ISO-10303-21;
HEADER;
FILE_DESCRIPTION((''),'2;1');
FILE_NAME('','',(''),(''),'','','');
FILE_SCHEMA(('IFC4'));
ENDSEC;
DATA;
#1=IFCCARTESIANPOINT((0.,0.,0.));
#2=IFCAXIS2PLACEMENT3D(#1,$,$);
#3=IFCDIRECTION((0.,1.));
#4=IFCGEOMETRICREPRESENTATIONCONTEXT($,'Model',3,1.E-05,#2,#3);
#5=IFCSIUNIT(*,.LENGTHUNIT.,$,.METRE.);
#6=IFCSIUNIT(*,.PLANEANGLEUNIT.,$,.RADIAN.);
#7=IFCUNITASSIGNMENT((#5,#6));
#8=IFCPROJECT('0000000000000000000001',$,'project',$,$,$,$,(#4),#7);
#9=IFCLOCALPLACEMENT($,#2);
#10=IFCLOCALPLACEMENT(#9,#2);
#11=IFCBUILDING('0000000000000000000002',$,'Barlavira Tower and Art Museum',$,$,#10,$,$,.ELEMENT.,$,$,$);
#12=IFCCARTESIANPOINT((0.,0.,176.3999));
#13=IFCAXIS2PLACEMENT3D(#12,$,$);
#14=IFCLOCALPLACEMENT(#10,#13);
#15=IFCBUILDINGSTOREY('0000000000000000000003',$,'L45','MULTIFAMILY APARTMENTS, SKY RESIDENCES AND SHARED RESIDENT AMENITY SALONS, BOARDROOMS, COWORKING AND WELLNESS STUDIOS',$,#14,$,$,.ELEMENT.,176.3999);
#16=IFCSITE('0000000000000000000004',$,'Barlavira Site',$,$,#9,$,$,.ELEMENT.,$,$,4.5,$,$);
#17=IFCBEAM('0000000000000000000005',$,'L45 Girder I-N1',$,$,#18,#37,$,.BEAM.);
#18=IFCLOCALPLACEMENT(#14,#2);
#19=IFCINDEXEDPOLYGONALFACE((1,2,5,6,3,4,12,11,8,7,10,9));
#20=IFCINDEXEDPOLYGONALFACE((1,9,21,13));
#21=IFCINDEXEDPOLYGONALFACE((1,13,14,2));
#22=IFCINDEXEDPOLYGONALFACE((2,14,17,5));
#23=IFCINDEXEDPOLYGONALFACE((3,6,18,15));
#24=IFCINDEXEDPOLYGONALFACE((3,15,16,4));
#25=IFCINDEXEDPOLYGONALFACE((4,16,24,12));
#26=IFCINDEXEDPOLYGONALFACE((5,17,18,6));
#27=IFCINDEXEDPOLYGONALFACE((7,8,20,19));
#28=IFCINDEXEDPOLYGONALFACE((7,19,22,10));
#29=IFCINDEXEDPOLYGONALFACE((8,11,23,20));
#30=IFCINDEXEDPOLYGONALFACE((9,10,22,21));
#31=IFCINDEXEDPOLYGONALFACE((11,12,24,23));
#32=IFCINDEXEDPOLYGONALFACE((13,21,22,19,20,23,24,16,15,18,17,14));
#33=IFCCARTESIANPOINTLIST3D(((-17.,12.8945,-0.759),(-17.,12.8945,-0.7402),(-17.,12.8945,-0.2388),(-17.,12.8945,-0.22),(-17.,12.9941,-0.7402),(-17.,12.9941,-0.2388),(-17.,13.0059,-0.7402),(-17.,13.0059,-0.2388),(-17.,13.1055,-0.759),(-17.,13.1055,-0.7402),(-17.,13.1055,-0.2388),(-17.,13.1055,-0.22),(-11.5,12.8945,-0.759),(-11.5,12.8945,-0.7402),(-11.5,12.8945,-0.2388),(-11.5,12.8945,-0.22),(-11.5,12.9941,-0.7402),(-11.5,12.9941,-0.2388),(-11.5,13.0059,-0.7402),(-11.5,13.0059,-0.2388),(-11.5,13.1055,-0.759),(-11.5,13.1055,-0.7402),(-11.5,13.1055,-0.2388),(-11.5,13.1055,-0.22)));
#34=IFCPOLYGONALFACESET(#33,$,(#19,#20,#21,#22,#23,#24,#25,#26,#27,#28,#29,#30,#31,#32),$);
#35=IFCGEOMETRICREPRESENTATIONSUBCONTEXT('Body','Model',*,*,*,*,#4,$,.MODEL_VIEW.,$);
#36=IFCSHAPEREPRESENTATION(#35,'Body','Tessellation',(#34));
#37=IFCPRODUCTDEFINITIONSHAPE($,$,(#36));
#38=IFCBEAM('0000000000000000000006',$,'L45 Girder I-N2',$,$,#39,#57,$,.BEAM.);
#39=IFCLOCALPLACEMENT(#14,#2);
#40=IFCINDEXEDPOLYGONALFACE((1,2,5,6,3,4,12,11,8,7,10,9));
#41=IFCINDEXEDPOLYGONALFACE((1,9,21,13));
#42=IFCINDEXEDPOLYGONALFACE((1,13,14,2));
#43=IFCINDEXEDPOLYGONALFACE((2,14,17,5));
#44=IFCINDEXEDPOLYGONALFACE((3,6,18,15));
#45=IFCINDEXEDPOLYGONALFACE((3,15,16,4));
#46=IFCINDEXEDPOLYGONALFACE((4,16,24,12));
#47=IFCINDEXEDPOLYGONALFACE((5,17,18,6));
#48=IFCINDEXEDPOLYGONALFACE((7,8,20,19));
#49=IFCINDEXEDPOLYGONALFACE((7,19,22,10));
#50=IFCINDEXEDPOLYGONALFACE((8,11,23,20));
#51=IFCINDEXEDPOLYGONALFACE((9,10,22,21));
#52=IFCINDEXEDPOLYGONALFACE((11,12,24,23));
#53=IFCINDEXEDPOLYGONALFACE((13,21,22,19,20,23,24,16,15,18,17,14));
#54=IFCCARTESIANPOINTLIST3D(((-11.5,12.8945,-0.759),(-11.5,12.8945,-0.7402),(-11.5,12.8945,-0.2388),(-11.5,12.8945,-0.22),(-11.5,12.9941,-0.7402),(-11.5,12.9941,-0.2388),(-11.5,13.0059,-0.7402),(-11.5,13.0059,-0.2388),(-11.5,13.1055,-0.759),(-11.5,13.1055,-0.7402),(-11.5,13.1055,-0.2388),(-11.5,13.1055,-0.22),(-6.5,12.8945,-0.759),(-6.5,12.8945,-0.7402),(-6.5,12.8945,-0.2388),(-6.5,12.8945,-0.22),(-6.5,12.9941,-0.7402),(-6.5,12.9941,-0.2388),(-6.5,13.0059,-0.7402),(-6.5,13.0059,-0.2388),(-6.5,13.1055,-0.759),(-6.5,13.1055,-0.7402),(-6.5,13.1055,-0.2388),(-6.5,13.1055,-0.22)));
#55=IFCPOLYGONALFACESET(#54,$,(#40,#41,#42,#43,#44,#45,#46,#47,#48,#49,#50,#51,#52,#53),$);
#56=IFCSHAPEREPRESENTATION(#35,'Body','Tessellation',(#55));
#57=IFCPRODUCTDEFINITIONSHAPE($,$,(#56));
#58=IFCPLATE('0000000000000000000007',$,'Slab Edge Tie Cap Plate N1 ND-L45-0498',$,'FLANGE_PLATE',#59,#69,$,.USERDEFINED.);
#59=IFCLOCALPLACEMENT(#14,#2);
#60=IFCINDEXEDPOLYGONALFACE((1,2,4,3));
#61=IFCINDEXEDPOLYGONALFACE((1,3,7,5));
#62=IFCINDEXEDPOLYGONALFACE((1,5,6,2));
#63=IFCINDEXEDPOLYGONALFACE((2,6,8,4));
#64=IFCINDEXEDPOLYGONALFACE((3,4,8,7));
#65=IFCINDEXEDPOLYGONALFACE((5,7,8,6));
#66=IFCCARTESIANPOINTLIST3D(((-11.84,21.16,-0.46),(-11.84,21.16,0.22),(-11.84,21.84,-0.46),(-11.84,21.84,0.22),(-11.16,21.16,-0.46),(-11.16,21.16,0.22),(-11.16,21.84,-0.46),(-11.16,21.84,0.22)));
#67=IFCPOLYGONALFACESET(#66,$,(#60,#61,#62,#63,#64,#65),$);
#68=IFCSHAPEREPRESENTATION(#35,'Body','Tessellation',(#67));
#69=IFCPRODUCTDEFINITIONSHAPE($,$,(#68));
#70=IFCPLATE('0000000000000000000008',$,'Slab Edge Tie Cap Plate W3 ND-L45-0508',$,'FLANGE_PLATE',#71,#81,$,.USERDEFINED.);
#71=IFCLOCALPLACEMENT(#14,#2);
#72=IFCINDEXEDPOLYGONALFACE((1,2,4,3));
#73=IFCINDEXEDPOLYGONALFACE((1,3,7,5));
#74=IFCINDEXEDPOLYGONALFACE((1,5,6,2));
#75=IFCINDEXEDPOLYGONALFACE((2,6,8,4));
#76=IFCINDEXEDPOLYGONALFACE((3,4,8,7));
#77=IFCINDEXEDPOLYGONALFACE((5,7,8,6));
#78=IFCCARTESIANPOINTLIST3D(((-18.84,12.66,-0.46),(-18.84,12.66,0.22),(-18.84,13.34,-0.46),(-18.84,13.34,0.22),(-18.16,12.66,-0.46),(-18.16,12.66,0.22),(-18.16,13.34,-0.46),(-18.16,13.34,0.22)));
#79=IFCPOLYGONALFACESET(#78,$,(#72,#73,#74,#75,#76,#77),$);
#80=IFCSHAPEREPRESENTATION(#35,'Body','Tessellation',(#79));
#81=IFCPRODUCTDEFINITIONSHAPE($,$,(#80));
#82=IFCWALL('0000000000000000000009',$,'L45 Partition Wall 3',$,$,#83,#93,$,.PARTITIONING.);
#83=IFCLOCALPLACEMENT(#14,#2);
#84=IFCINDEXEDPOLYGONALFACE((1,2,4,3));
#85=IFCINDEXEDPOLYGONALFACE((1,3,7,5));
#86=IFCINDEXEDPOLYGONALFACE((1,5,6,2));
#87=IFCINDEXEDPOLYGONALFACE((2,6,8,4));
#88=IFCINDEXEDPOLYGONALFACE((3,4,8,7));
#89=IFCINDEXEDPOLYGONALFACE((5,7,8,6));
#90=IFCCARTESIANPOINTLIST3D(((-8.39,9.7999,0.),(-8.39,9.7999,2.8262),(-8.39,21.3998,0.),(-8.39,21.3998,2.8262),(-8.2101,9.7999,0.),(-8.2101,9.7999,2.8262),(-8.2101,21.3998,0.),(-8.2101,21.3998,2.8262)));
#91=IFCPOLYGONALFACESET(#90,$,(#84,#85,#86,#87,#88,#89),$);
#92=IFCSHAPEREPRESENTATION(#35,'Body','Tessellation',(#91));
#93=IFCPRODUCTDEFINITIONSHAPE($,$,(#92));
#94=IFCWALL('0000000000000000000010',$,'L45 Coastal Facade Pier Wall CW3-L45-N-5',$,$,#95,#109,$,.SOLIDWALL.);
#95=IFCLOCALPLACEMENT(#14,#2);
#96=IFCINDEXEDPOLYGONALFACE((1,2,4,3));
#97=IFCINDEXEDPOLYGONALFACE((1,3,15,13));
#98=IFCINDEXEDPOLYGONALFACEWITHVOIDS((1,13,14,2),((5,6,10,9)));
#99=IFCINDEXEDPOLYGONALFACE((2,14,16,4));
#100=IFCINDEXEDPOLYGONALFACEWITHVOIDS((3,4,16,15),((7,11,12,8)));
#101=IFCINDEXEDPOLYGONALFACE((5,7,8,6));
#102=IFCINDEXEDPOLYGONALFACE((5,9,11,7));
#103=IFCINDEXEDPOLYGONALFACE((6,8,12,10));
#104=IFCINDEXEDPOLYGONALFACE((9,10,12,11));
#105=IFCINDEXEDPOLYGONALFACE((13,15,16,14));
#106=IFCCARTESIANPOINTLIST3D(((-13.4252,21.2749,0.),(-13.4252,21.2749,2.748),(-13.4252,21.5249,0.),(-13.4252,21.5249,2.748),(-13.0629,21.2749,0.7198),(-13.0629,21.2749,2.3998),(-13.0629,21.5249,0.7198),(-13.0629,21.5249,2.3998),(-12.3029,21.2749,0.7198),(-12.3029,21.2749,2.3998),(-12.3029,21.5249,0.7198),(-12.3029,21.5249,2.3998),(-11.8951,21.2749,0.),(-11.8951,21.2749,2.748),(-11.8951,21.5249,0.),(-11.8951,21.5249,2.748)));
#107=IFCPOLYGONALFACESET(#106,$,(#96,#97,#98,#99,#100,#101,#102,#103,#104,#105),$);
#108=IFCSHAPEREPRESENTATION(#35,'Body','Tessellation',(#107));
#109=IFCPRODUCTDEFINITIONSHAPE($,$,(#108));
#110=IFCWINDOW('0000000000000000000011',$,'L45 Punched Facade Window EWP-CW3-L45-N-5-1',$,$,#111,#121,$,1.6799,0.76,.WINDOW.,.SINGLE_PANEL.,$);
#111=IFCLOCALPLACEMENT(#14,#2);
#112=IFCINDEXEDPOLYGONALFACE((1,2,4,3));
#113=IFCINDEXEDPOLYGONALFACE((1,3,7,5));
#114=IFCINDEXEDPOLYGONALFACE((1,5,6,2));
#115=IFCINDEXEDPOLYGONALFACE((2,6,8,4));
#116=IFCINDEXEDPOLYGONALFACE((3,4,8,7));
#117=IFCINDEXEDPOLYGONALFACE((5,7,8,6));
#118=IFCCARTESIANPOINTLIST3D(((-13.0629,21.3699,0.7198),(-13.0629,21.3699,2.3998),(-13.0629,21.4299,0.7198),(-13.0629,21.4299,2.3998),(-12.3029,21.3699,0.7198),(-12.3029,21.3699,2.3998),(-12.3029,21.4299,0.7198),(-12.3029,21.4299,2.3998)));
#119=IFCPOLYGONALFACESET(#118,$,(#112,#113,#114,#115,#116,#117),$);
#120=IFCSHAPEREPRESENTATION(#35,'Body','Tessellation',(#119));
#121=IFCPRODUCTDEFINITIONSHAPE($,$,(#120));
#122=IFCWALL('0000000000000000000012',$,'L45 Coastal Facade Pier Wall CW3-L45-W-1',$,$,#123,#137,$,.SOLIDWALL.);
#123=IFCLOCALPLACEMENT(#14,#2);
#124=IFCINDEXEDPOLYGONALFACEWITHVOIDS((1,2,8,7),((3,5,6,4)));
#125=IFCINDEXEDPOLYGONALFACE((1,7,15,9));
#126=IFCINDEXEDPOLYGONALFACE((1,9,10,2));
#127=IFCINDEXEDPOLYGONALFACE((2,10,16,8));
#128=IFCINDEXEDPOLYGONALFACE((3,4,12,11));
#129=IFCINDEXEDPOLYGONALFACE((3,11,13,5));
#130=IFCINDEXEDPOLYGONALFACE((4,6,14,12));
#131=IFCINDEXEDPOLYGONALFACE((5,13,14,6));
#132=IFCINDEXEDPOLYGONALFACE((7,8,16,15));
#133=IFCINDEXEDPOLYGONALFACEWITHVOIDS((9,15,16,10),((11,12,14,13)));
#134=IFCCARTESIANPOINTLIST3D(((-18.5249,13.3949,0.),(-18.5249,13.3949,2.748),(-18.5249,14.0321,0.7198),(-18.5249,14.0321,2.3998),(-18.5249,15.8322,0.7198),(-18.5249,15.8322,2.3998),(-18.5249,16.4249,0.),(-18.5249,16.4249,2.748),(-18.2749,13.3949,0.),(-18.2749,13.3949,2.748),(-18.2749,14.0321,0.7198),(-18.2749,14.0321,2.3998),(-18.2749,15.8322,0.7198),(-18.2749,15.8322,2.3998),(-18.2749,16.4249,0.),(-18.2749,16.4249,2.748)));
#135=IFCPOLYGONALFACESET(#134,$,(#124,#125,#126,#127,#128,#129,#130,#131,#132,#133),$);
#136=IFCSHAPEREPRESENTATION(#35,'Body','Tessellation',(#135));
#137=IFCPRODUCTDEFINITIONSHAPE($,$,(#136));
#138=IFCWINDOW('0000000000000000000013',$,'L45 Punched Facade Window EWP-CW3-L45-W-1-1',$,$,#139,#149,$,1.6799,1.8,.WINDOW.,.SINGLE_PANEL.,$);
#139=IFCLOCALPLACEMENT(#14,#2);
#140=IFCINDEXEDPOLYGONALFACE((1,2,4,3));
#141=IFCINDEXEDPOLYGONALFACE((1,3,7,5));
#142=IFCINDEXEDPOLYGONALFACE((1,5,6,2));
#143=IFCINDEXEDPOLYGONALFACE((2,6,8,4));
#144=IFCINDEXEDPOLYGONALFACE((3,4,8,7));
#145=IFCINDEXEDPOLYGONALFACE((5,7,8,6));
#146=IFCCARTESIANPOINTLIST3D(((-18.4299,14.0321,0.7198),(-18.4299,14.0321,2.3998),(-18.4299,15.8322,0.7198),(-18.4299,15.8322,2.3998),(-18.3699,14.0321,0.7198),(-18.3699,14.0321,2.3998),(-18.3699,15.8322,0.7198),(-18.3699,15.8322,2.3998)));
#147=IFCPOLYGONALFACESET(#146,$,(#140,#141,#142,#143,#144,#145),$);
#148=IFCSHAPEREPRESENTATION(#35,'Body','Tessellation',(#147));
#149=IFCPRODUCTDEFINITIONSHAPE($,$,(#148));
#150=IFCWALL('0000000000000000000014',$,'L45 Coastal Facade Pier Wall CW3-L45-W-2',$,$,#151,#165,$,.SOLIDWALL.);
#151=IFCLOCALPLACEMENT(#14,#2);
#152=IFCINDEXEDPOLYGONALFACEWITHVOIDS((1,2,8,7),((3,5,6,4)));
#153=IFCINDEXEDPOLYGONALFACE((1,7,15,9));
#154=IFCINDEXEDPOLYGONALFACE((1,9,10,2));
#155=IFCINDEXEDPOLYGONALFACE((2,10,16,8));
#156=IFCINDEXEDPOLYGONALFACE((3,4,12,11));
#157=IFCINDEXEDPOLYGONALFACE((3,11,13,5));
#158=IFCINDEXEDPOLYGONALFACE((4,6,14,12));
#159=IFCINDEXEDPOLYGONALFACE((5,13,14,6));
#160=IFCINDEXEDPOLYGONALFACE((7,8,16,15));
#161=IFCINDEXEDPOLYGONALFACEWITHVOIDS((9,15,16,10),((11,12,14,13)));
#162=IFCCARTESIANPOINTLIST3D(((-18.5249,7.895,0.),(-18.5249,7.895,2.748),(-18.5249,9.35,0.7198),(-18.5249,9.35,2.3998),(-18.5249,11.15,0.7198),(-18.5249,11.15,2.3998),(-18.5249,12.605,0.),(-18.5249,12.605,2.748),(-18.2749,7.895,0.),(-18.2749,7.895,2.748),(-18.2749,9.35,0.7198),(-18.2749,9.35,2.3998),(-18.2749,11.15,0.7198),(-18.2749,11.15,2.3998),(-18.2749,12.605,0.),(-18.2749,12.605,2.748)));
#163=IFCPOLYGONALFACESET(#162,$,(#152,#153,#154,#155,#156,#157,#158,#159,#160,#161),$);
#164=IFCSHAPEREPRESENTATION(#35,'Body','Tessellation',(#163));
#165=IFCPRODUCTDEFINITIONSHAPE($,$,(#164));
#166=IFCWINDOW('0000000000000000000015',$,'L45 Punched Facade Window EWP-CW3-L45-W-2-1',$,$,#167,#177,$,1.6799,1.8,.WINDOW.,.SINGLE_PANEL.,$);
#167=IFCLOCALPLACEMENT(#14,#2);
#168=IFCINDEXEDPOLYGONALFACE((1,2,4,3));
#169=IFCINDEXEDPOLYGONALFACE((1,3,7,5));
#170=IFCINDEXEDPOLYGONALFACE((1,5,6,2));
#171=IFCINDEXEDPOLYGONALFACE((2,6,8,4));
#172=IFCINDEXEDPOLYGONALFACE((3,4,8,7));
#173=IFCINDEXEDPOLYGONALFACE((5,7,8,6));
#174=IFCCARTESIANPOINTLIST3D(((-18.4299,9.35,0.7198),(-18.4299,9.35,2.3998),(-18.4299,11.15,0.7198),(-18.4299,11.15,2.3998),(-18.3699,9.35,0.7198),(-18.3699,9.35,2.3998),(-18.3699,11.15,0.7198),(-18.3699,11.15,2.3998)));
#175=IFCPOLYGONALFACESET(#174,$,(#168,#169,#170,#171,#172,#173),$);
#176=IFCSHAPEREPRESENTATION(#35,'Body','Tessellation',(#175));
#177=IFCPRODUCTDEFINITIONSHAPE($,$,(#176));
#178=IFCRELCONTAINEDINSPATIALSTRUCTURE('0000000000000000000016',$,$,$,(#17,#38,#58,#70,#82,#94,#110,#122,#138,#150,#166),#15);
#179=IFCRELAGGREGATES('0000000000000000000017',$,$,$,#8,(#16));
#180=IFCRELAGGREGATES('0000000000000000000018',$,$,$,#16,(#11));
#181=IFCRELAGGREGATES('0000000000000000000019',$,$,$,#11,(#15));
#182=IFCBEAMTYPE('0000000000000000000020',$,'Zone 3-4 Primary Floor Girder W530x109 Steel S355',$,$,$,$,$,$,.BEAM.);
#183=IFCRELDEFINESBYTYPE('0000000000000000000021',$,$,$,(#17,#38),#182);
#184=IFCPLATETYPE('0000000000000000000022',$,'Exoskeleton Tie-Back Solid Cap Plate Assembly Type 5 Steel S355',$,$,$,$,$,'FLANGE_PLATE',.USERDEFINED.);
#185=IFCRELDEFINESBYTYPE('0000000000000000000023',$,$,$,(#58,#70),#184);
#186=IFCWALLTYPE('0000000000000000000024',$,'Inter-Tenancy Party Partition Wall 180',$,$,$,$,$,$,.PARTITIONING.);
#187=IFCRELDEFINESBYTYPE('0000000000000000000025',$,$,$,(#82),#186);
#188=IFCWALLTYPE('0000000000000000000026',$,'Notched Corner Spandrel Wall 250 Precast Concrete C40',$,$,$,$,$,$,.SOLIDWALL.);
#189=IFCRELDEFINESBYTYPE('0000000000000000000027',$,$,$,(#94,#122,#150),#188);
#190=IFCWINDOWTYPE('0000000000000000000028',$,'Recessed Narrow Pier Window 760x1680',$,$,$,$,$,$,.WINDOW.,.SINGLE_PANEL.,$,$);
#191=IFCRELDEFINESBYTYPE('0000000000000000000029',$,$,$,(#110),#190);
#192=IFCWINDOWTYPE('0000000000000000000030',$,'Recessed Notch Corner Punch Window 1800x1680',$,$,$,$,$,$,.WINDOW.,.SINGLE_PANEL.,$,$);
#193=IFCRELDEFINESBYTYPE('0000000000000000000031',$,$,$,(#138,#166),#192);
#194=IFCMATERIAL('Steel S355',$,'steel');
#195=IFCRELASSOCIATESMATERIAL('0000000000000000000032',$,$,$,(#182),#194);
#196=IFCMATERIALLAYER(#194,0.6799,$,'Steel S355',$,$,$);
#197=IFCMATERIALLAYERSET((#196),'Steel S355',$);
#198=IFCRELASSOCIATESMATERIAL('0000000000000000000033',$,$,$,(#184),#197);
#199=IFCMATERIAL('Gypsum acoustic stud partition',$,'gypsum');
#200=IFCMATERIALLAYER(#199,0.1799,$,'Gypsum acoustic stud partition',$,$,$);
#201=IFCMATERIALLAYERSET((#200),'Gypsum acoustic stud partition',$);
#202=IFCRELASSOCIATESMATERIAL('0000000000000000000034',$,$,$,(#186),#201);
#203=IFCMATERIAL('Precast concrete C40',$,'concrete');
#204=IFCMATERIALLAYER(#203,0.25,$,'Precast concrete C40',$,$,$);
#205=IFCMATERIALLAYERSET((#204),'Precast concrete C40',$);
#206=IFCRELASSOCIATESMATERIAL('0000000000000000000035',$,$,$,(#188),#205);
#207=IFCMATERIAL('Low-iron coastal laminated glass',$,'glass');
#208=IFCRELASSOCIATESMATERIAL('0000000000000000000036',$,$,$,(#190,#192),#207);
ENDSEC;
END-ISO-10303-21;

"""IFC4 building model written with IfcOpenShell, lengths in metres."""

from ifc_helpers import new_model, si_unit, direction, frame, frame_2d, origin, origin_2d, place, context, subcontext, project, spatial, rectangle, i_section, extrude, material, layer, layer_set, material_profile, profile_set, type_object, element, fill, save


model = new_model("IFC4")

# Units and contexts
model_context = context("Model", 3, precision=1e-05, world=origin(), true_north=direction((0.0, 1.0)))
body_context = subcontext(model_context, "Body", "Model", "MODEL_VIEW")
ifc_project = project(units=[si_unit("LENGTHUNIT", "METRE"), si_unit("PLANEANGLEUNIT", "RADIAN")], contexts=[model_context])

# Site, building, storey
site_placement = place(None, origin())
site = spatial("IfcSite", under=ifc_project, at=site_placement, Name="Barlavira Site", CompositionType="ELEMENT", RefElevation=4.5)
building_placement = place(site_placement, origin())
building = spatial("IfcBuilding", under=site, at=building_placement, Name="Barlavira Tower and Art Museum", CompositionType="ELEMENT")
storey_placement = place(building_placement, frame((0.0, 0.0, 176.3999)))
storey = spatial("IfcBuildingStorey", under=building, at=storey_placement, Name="L45", Description="MULTIFAMILY APARTMENTS, SKY RESIDENCES AND SHARED RESIDENT AMENITY SALONS, BOARDROOMS, COWORKING AND WELLNESS STUDIOS", CompositionType="ELEMENT", Elevation=176.3999)

# Shared definitions
ifc_material_1 = material(Name="Steel S355", Category="steel")

# Beams
ifc_material_profile_1 = material_profile(ifc_material_1, i_section(OverallWidth=0.2109, OverallDepth=0.5391, WebThickness=0.0117, FlangeThickness=0.0188, at=origin_2d()), Name="W530x109.0")
ifc_profile_set_1 = profile_set([ifc_material_profile_1], Name="Steel S355")
beam_type_1 = type_object("IfcBeamType", Name="Zone 3-4 Primary Floor Girder W530x109 Steel S355", PredefinedType="BEAM", material=ifc_profile_set_1)
beam_1_placement = place(storey_placement, frame((-17.0, 13.0, -0.4895), z_axis=(1.0, 0.0, 0.0), x_axis=(0.0, 1.0, 0.0)))
element("IfcBeam", 1, at=beam_1_placement, inside=storey, type_object=beam_type_1, Name="L45 Girder I-N1", PredefinedType="BEAM", context=body_context, shape_type="SweptSolid", body=[
    extrude(i_section(OverallWidth=0.2109, OverallDepth=0.5391, WebThickness=0.0117, FlangeThickness=0.0188, at=origin_2d()), origin(), (0.0, 0.0, 1.0), 5.5),
])
beam_2_placement = place(storey_placement, frame((-11.5, 13.0, -0.4895), z_axis=(1.0, 0.0, 0.0), x_axis=(0.0, 1.0, 0.0)))
element("IfcBeam", 2, at=beam_2_placement, inside=storey, type_object=beam_type_1, Name="L45 Girder I-N2", PredefinedType="BEAM", context=body_context, shape_type="SweptSolid", body=[
    extrude(i_section(OverallWidth=0.2109, OverallDepth=0.5391, WebThickness=0.0117, FlangeThickness=0.0188, at=origin_2d()), origin(), (0.0, 0.0, 1.0), 5.0),
])

# Plates
ifc_layer_1 = layer(ifc_material_1, 0.6799, Name="Steel S355")
ifc_layer_set_1 = layer_set([ifc_layer_1], Name="Steel S355")
plate_type = type_object("IfcPlateType", Name="Exoskeleton Tie-Back Solid Cap Plate Assembly Type 5 Steel S355", ElementType="FLANGE_PLATE", PredefinedType="USERDEFINED", material=ifc_layer_set_1)
for number, where, z_axis, x_axis, name in (
    (3, (-11.5, 21.5, -0.46), (0.0, 0.0, 1.0), (1.0, 0.0, 0.0), "Slab Edge Tie Cap Plate N1 ND-L45-0498"),
    (4, (-18.5, 13.0, -0.46), (0.0, 0.0, 1.0), (1.0, 0.0, 0.0), "Slab Edge Tie Cap Plate W3 ND-L45-0508"),
):
    element("IfcPlate", number, at=place(storey_placement, frame(where, z_axis=z_axis, x_axis=x_axis)), inside=storey, type_object=plate_type, Name=name, ObjectType="FLANGE_PLATE", PredefinedType="USERDEFINED", context=body_context, shape_type="SweptSolid", body=[
        extrude(rectangle(XDim=0.6799, YDim=0.6799, at=origin_2d()), origin(), (0.0, 0.0, 1.0), 0.6799),
    ])

# Wall
ifc_material_2 = material(Name="Gypsum acoustic stud partition", Category="gypsum")
ifc_layer_2 = layer(ifc_material_2, 0.1799, Name="Gypsum acoustic stud partition")
ifc_layer_set_2 = layer_set([ifc_layer_2], Name="Gypsum acoustic stud partition")
wall_type_1 = type_object("IfcWallType", Name="Inter-Tenancy Party Partition Wall 180", PredefinedType="PARTITIONING", material=ifc_layer_set_2)
wall_1_placement = place(storey_placement, frame((-8.3, 9.8, 0.0), z_axis=(0.0, 0.0, 1.0), x_axis=(0.0, 1.0, 0.0)))
element("IfcWall", 5, at=wall_1_placement, inside=storey, type_object=wall_type_1, Name="L45 Partition Wall 3", PredefinedType="PARTITIONING", context=body_context, shape_type="SweptSolid", body=[
    extrude(rectangle(XDim=11.5999, YDim=0.1799, at=frame_2d((5.7998, 0.0))), origin(), (0.0, 0.0, 1.0), 2.8262),
])

# Walls, openings, windows
ifc_material_3 = material(Name="Precast concrete C40", Category="concrete")
ifc_layer_3 = layer(ifc_material_3, 0.25, Name="Precast concrete C40")
ifc_layer_set_3 = layer_set([ifc_layer_3], Name="Precast concrete C40")
wall_type_2 = type_object("IfcWallType", Name="Notched Corner Spandrel Wall 250 Precast Concrete C40", PredefinedType="SOLIDWALL", material=ifc_layer_set_3)
wall_2_placement = place(storey_placement, frame((-11.895, 21.3999, 0.0), z_axis=(0.0, 0.0, 1.0), x_axis=(-1.0, 0.0, 0.0)))
wall_2 = element("IfcWall", 6, at=wall_2_placement, inside=storey, type_object=wall_type_2, Name="L45 Coastal Facade Pier Wall CW3-L45-N-5", PredefinedType="SOLIDWALL", context=body_context, shape_type="SweptSolid", body=[
    extrude(rectangle(XDim=1.53, YDim=0.25, at=frame_2d((0.7651, 0.0))), origin(), (0.0, 0.0, 1.0), 2.748),
])
opening_1_placement = place(wall_2_placement, frame((0.408, 0.0, 0.72)))
opening_1 = element("IfcOpeningElement", 7, at=opening_1_placement, cuts=wall_2, PredefinedType="OPENING", context=body_context, shape_type="SweptSolid", body=[
    extrude(rectangle(XDim=0.76, YDim=1.6799, at=frame_2d((0.3799, 0.8398))), frame((0.0, 0.135, 0.0), z_axis=(0.0, -1.0, 0.0), x_axis=(1.0, 0.0, 0.0)), (0.0, 0.0, 1.0), 0.27),
])
ifc_material_4 = material(Name="Low-iron coastal laminated glass", Category="glass")
window_type_1 = type_object("IfcWindowType", Name="Recessed Narrow Pier Window 760x1680", PartitioningType="SINGLE_PANEL", PredefinedType="WINDOW", material=ifc_material_4)
window_1_placement = place(opening_1_placement, origin())
window_1 = element("IfcWindow", 8, at=window_1_placement, inside=storey, type_object=window_type_1, Name="L45 Punched Facade Window EWP-CW3-L45-N-5-1", OverallHeight=1.6799, OverallWidth=0.76, PartitioningType="SINGLE_PANEL", PredefinedType="WINDOW", context=body_context, shape_type="SweptSolid", body=[
    extrude(rectangle(XDim=0.76, YDim=1.6799, at=frame_2d((0.3799, 0.8398))), frame((0.0, 0.03, 0.0), z_axis=(0.0, -1.0, 0.0), x_axis=(1.0, 0.0, 0.0)), (0.0, 0.0, 1.0), 0.0601),
])
fill(opening_1, window_1)
wall_3_placement = place(storey_placement, frame((-18.3999, 16.425, 0.0), z_axis=(0.0, 0.0, 1.0), x_axis=(0.0, -1.0, 0.0)))
wall_3 = element("IfcWall", 9, at=wall_3_placement, inside=storey, type_object=wall_type_2, Name="L45 Coastal Facade Pier Wall CW3-L45-W-1", PredefinedType="SOLIDWALL", context=body_context, shape_type="SweptSolid", body=[
    extrude(rectangle(XDim=3.03, YDim=0.25, at=frame_2d((1.5151, 0.0))), origin(), (0.0, 0.0, 1.0), 2.748),
])
opening_2_placement = place(wall_3_placement, frame((0.593, 0.0, 0.72)))
opening_2 = element("IfcOpeningElement", 10, at=opening_2_placement, cuts=wall_3, PredefinedType="OPENING", context=body_context, shape_type="SweptSolid", body=[
    extrude(rectangle(XDim=1.8, YDim=1.6799, at=frame_2d((0.8999, 0.8398))), frame((0.0, 0.135, 0.0), z_axis=(0.0, -1.0, 0.0), x_axis=(1.0, 0.0, 0.0)), (0.0, 0.0, 1.0), 0.27),
])
window_type_2 = type_object("IfcWindowType", Name="Recessed Notch Corner Punch Window 1800x1680", PartitioningType="SINGLE_PANEL", PredefinedType="WINDOW", material=ifc_material_4)
window_2_placement = place(opening_2_placement, origin())
window_2 = element("IfcWindow", 11, at=window_2_placement, inside=storey, type_object=window_type_2, Name="L45 Punched Facade Window EWP-CW3-L45-W-1-1", OverallHeight=1.6799, OverallWidth=1.8, PartitioningType="SINGLE_PANEL", PredefinedType="WINDOW", context=body_context, shape_type="SweptSolid", body=[
    extrude(rectangle(XDim=1.8, YDim=1.6799, at=frame_2d((0.8999, 0.8398))), frame((0.0, 0.03, 0.0), z_axis=(0.0, -1.0, 0.0), x_axis=(1.0, 0.0, 0.0)), (0.0, 0.0, 1.0), 0.0601),
])
fill(opening_2, window_2)
wall_4_placement = place(storey_placement, frame((-18.3999, 12.605, 0.0), z_axis=(0.0, 0.0, 1.0), x_axis=(0.0, -1.0, 0.0)))
wall_4 = element("IfcWall", 12, at=wall_4_placement, inside=storey, type_object=wall_type_2, Name="L45 Coastal Facade Pier Wall CW3-L45-W-2", PredefinedType="SOLIDWALL", context=body_context, shape_type="SweptSolid", body=[
    extrude(rectangle(XDim=4.71, YDim=0.25, at=frame_2d((2.355, 0.0))), origin(), (0.0, 0.0, 1.0), 2.748),
])
opening_3_placement = place(wall_4_placement, frame((1.4551, 0.0, 0.72)))
opening_3 = element("IfcOpeningElement", 13, at=opening_3_placement, cuts=wall_4, PredefinedType="OPENING", context=body_context, shape_type="SweptSolid", body=[
    extrude(rectangle(XDim=1.8, YDim=1.6799, at=frame_2d((0.8999, 0.8398))), frame((0.0, 0.135, 0.0), z_axis=(0.0, -1.0, 0.0), x_axis=(1.0, 0.0, 0.0)), (0.0, 0.0, 1.0), 0.27),
])
window_3_placement = place(opening_3_placement, origin())
window_3 = element("IfcWindow", 14, at=window_3_placement, inside=storey, type_object=window_type_2, Name="L45 Punched Facade Window EWP-CW3-L45-W-2-1", OverallHeight=1.6799, OverallWidth=1.8, PartitioningType="SINGLE_PANEL", PredefinedType="WINDOW", context=body_context, shape_type="SweptSolid", body=[
    extrude(rectangle(XDim=1.8, YDim=1.6799, at=frame_2d((0.8999, 0.8398))), frame((0.0, 0.03, 0.0), z_axis=(0.0, -1.0, 0.0), x_axis=(1.0, 0.0, 0.0)), (0.0, 0.0, 1.0), 0.0601),
])
fill(opening_3, window_3)

save(model, "model.ifc")
